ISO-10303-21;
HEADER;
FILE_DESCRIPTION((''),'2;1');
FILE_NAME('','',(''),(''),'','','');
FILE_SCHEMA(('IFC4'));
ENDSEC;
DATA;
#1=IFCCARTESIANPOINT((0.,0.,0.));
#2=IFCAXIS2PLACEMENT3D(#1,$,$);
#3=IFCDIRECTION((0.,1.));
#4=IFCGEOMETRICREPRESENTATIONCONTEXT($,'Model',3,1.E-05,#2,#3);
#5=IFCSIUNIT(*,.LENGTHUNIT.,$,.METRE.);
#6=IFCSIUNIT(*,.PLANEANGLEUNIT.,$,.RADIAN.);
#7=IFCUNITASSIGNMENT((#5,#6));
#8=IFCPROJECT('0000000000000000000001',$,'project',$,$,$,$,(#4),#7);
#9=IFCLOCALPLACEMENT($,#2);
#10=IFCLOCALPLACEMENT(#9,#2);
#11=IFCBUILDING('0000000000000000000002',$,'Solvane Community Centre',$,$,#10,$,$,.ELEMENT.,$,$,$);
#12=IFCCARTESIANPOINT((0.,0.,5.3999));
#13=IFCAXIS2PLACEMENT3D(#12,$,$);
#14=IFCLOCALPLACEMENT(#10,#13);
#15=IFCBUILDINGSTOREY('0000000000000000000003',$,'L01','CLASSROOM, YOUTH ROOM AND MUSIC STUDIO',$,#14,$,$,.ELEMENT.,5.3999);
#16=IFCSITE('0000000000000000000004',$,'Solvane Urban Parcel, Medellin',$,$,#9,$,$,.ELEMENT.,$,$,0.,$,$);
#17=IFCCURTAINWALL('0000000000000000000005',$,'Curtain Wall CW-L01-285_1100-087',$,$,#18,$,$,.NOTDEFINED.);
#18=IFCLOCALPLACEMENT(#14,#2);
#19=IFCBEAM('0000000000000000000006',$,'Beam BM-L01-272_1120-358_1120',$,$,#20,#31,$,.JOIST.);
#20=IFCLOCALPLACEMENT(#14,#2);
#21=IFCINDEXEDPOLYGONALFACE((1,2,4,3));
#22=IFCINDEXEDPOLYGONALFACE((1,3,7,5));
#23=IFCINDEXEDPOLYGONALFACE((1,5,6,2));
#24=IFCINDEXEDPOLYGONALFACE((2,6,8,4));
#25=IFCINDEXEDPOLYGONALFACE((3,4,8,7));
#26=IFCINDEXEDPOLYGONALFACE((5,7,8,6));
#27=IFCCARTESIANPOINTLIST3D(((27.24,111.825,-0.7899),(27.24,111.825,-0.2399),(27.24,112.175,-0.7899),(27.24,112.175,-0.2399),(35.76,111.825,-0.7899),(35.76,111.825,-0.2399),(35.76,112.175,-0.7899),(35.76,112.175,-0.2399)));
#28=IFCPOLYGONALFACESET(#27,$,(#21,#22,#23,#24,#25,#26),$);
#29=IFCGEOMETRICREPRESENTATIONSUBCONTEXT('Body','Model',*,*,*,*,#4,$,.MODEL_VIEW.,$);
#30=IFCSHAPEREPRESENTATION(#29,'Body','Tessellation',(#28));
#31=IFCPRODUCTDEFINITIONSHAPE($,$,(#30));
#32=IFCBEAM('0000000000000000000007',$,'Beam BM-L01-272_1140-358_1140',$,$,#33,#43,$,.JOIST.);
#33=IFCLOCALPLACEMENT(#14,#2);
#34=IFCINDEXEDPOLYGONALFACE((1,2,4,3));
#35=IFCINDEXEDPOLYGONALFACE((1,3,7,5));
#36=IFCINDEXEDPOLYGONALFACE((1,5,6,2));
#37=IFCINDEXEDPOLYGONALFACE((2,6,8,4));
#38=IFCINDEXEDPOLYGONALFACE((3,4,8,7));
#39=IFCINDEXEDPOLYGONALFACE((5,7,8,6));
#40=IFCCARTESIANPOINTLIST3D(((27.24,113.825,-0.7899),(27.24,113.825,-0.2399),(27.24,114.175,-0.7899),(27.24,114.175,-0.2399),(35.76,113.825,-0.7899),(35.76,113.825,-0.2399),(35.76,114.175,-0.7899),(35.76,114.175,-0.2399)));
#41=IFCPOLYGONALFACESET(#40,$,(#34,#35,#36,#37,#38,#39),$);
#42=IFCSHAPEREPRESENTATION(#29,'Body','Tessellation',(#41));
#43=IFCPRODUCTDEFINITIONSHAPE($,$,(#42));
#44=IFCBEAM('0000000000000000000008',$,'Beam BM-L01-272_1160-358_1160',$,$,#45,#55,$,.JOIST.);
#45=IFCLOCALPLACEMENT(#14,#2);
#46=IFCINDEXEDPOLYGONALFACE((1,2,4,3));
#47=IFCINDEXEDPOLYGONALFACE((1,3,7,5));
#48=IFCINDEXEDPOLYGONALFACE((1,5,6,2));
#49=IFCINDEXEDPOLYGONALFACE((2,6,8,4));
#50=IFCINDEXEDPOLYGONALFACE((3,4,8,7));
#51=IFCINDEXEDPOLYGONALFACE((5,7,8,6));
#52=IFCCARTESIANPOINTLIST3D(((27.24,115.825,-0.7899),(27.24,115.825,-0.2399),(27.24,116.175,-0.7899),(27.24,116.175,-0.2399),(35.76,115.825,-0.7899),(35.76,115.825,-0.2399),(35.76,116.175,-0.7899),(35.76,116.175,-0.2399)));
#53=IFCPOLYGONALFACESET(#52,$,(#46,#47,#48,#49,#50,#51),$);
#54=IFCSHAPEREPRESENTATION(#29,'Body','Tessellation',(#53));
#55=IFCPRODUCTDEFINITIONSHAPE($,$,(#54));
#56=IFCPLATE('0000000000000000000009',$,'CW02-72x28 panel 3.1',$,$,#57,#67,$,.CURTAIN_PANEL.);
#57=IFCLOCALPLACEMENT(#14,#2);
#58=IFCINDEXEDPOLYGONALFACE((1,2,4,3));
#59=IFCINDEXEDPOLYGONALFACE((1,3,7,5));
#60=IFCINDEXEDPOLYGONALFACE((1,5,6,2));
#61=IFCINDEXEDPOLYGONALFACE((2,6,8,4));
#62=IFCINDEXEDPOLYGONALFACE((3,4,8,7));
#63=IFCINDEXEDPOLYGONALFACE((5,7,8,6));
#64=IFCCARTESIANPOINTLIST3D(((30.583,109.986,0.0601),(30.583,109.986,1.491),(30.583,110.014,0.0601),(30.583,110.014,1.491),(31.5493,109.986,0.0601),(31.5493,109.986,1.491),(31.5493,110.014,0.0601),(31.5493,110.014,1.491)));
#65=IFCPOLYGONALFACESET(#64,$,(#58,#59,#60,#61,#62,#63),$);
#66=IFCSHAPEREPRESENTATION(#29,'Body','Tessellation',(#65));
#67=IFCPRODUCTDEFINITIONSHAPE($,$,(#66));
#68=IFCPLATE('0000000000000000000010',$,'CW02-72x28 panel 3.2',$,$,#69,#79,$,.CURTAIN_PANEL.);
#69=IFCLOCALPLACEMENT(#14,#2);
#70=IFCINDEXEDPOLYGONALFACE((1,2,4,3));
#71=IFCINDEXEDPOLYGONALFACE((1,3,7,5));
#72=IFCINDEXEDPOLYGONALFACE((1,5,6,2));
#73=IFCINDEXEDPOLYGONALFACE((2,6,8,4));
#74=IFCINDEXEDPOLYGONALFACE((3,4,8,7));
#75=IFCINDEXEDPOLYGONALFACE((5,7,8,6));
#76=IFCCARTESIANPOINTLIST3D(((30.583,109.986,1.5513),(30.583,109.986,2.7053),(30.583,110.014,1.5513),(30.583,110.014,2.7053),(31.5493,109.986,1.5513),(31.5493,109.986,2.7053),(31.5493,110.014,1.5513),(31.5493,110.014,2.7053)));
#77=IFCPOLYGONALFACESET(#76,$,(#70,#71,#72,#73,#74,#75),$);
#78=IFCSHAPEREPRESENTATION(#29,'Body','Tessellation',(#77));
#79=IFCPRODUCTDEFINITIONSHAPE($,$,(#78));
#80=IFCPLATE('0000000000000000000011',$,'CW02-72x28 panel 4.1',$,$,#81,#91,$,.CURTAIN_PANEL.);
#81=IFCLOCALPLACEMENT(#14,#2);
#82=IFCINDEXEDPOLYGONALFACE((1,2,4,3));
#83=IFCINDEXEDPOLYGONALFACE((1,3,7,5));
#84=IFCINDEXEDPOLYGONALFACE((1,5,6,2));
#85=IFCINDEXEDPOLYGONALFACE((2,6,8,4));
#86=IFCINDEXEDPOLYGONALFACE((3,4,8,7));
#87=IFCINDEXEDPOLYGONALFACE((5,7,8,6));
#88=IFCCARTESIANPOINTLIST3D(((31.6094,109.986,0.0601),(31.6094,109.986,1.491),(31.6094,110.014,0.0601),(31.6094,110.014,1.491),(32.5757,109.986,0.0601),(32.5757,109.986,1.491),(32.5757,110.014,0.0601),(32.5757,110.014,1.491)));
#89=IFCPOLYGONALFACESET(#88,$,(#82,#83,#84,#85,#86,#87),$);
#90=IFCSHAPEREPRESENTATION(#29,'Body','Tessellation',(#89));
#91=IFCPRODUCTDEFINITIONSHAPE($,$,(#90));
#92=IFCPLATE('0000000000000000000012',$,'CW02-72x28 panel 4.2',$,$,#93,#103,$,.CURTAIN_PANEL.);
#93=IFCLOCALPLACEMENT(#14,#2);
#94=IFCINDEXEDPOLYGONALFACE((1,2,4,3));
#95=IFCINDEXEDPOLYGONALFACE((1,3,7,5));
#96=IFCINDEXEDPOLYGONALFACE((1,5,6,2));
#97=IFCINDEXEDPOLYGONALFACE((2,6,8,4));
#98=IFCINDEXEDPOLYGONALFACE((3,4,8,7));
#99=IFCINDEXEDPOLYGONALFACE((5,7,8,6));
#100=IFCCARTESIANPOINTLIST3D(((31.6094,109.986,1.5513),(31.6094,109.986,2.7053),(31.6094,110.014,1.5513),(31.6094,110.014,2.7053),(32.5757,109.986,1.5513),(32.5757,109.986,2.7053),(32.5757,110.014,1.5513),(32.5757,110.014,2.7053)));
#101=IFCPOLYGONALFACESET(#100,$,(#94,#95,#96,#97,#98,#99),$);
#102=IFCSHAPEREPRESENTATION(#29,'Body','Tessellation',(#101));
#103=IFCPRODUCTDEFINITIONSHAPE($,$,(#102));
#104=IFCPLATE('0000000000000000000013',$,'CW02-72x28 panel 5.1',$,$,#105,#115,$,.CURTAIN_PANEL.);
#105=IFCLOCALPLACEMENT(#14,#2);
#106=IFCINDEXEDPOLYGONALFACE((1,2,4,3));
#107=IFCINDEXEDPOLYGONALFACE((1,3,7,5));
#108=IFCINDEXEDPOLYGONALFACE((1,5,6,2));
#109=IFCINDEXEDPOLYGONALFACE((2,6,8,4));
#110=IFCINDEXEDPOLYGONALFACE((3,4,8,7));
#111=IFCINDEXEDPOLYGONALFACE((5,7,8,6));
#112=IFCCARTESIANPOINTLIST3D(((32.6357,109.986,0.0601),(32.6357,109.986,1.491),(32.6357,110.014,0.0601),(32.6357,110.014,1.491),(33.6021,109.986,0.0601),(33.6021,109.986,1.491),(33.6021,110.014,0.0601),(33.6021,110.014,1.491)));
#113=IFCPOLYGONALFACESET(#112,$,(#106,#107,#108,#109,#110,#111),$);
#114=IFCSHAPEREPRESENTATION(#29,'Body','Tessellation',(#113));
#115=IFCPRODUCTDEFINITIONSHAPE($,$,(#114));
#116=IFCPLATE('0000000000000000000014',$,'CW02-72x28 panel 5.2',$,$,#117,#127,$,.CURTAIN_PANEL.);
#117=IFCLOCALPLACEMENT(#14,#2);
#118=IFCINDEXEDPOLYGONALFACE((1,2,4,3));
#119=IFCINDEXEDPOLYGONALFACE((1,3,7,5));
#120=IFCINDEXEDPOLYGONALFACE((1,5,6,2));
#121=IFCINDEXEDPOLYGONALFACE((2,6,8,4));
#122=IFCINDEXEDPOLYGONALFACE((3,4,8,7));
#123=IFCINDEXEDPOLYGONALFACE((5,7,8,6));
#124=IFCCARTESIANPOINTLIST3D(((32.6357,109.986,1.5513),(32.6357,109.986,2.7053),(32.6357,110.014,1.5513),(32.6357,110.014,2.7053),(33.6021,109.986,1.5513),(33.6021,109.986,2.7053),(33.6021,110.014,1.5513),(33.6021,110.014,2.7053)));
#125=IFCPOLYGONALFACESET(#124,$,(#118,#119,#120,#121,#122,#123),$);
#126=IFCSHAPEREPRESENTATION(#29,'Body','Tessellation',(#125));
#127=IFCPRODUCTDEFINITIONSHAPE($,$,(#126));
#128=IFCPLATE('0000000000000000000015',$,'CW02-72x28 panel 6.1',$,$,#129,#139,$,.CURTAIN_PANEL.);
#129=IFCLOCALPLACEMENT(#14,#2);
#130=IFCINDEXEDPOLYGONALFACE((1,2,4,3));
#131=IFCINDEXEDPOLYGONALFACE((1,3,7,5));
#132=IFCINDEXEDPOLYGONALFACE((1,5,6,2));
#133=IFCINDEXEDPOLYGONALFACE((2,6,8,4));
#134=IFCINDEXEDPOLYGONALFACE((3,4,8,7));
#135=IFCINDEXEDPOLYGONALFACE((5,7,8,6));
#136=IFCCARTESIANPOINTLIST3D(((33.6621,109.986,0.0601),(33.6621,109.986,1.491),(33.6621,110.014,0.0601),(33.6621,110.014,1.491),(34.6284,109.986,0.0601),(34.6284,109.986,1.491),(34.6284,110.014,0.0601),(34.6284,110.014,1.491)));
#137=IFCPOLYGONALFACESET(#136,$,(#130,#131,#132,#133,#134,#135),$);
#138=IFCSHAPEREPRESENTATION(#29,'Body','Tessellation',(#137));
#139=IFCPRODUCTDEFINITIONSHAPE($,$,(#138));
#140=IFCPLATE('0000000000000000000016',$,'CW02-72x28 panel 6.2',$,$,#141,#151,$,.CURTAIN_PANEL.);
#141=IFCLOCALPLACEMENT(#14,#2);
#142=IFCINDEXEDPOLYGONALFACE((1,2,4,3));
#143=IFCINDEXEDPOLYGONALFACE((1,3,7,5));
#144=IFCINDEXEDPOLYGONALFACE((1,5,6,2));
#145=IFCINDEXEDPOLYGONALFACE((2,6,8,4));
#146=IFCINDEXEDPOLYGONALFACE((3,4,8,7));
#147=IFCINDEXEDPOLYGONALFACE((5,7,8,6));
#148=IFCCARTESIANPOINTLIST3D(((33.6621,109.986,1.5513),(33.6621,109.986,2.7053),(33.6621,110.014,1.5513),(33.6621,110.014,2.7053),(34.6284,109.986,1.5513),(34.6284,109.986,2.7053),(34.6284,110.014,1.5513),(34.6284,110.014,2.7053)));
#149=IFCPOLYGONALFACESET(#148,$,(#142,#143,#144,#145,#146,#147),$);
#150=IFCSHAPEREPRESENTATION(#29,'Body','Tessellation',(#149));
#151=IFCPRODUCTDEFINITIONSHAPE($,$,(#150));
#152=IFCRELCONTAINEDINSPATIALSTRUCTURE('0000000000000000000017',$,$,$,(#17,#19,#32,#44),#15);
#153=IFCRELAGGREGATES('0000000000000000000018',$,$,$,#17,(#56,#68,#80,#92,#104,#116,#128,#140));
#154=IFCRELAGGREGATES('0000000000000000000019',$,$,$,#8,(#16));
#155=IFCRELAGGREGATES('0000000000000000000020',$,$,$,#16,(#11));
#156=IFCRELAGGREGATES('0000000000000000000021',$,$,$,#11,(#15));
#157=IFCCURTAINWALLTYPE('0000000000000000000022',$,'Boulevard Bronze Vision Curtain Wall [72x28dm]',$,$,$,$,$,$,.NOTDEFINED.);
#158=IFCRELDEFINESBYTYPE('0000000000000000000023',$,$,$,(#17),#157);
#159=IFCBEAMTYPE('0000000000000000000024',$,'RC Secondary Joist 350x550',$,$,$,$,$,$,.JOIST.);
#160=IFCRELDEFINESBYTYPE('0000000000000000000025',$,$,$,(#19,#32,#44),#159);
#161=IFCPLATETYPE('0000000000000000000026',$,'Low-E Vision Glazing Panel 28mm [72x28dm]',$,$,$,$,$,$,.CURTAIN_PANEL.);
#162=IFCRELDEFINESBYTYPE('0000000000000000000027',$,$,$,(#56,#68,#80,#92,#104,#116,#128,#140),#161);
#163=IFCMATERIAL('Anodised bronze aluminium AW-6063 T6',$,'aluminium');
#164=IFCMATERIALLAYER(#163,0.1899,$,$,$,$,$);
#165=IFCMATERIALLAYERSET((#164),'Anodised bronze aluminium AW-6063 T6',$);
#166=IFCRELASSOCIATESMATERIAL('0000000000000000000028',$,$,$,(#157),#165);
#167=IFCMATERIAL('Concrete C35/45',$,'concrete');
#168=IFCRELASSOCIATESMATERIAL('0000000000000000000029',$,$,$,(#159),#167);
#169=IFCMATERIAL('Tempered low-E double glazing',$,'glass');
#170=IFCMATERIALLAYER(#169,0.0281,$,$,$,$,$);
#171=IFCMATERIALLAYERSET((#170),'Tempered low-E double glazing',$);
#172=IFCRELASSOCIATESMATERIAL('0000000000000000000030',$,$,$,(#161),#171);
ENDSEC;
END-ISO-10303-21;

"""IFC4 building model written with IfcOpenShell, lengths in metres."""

from ifc_helpers import new_model, si_unit, direction, frame, origin, origin_2d, place, context, subcontext, project, spatial, rectangle, extrude, material, layer, layer_set, material_profile, profile_set, type_object, element, aggregate, save


model = new_model("IFC4")

# Units and contexts
model_context = context("Model", 3, precision=1e-05, world=origin(), true_north=direction((0.0, 1.0)))
body_context = subcontext(model_context, "Body", "Model", "MODEL_VIEW")
ifc_project = project(units=[si_unit("LENGTHUNIT", "METRE"), si_unit("PLANEANGLEUNIT", "RADIAN")], contexts=[model_context])

# Site, building, storey
site_placement = place(None, origin())
site = spatial("IfcSite", under=ifc_project, at=site_placement, Name="Solvane Urban Parcel, Medellin", CompositionType="ELEMENT", RefElevation=0.0)
building_placement = place(site_placement, origin())
building = spatial("IfcBuilding", under=site, at=building_placement, Name="Solvane Community Centre", CompositionType="ELEMENT")
storey_placement = place(building_placement, frame((0.0, 0.0, 5.3999)))
storey = spatial("IfcBuildingStorey", under=building, at=storey_placement, Name="L01", Description="CLASSROOM, YOUTH ROOM AND MUSIC STUDIO", CompositionType="ELEMENT", Elevation=5.3999)

# Curtain wall
ifc_material_1 = material(Name="Anodised bronze aluminium AW-6063 T6", Category="aluminium")
ifc_layer_1 = layer(ifc_material_1, 0.1899)
ifc_layer_set_1 = layer_set([ifc_layer_1], Name="Anodised bronze aluminium AW-6063 T6")
curtain_wall_type = type_object("IfcCurtainWallType", Name="Boulevard Bronze Vision Curtain Wall [72x28dm]", PredefinedType="NOTDEFINED", material=ifc_layer_set_1)
curtain_wall_placement = place(storey_placement, origin())
curtain_wall = element("IfcCurtainWall", 1, at=curtain_wall_placement, inside=storey, type_object=curtain_wall_type, Name="Curtain Wall CW-L01-285_1100-087", PredefinedType="NOTDEFINED")

# Beams
ifc_material_2 = material(Name="Concrete C35/45", Category="concrete")
ifc_material_profile_1 = material_profile(ifc_material_2, rectangle(XDim=0.3501, YDim=0.55, at=origin_2d()), Name="RC 350x550")
ifc_profile_set_1 = profile_set([ifc_material_profile_1], Name="Concrete C35/45")
beam_type = type_object("IfcBeamType", Name="RC Secondary Joist 350x550", PredefinedType="JOIST", material=ifc_profile_set_1)
for number, where, z_axis, x_axis, name in (
    (2, (27.24, 112.0, -0.5149), (1.0, 0.0, 0.0), (0.0, 1.0, 0.0), "Beam BM-L01-272_1120-358_1120"),
    (3, (27.24, 114.0, -0.5149), (1.0, 0.0, 0.0), (0.0, 1.0, 0.0), "Beam BM-L01-272_1140-358_1140"),
    (4, (27.24, 116.0, -0.5149), (1.0, 0.0, 0.0), (0.0, 1.0, 0.0), "Beam BM-L01-272_1160-358_1160"),
):
    element("IfcBeam", number, at=place(storey_placement, frame(where, z_axis=z_axis, x_axis=x_axis)), inside=storey, type_object=beam_type, Name=name, PredefinedType="JOIST", context=body_context, shape_type="SweptSolid", body=[
        extrude(rectangle(XDim=0.3501, YDim=0.55, at=origin_2d()), origin(), (0.0, 0.0, 1.0), 8.52),
    ])

# Plates
ifc_material_3 = material(Name="Tempered low-E double glazing", Category="glass")
ifc_layer_2 = layer(ifc_material_3, 0.0281)
ifc_layer_set_2 = layer_set([ifc_layer_2], Name="Tempered low-E double glazing")
plate_type = type_object("IfcPlateType", Name="Low-E Vision Glazing Panel 28mm [72x28dm]", PredefinedType="CURTAIN_PANEL", material=ifc_layer_set_2)
plate_1_placement = place(storey_placement, frame((31.0662, 110.0, 0.0601), z_axis=(0.0, 0.0, 1.0), x_axis=(1.0, 0.0, 0.0)))
plate_1 = element("IfcPlate", 5, at=plate_1_placement, type_object=plate_type, Name="CW02-72x28 panel 3.1", PredefinedType="CURTAIN_PANEL", context=body_context, shape_type="SweptSolid", body=[
    extrude(rectangle(XDim=0.9663, YDim=0.0281, at=origin_2d()), origin(), (0.0, 0.0, 1.0), 1.4309),
])
plate_2_placement = place(storey_placement, frame((31.0662, 110.0, 1.5513), z_axis=(0.0, 0.0, 1.0), x_axis=(1.0, 0.0, 0.0)))
plate_2 = element("IfcPlate", 6, at=plate_2_placement, type_object=plate_type, Name="CW02-72x28 panel 3.2", PredefinedType="CURTAIN_PANEL", context=body_context, shape_type="SweptSolid", body=[
    extrude(rectangle(XDim=0.9663, YDim=0.0281, at=origin_2d()), origin(), (0.0, 0.0, 1.0), 1.1541),
])
plate_3_placement = place(storey_placement, frame((32.0925, 110.0, 0.0601), z_axis=(0.0, 0.0, 1.0), x_axis=(1.0, 0.0, 0.0)))
plate_3 = element("IfcPlate", 7, at=plate_3_placement, type_object=plate_type, Name="CW02-72x28 panel 4.1", PredefinedType="CURTAIN_PANEL", context=body_context, shape_type="SweptSolid", body=[
    extrude(rectangle(XDim=0.9663, YDim=0.0281, at=origin_2d()), origin(), (0.0, 0.0, 1.0), 1.4309),
])
plate_4_placement = place(storey_placement, frame((32.0925, 110.0, 1.5513), z_axis=(0.0, 0.0, 1.0), x_axis=(1.0, 0.0, 0.0)))
plate_4 = element("IfcPlate", 8, at=plate_4_placement, type_object=plate_type, Name="CW02-72x28 panel 4.2", PredefinedType="CURTAIN_PANEL", context=body_context, shape_type="SweptSolid", body=[
    extrude(rectangle(XDim=0.9663, YDim=0.0281, at=origin_2d()), origin(), (0.0, 0.0, 1.0), 1.1541),
])
plate_5_placement = place(storey_placement, frame((33.1189, 110.0, 0.0601), z_axis=(0.0, 0.0, 1.0), x_axis=(1.0, 0.0, 0.0)))
plate_5 = element("IfcPlate", 9, at=plate_5_placement, type_object=plate_type, Name="CW02-72x28 panel 5.1", PredefinedType="CURTAIN_PANEL", context=body_context, shape_type="SweptSolid", body=[
    extrude(rectangle(XDim=0.9663, YDim=0.0281, at=origin_2d()), origin(), (0.0, 0.0, 1.0), 1.4309),
])
plate_6_placement = place(storey_placement, frame((33.1189, 110.0, 1.5513), z_axis=(0.0, 0.0, 1.0), x_axis=(1.0, 0.0, 0.0)))
plate_6 = element("IfcPlate", 10, at=plate_6_placement, type_object=plate_type, Name="CW02-72x28 panel 5.2", PredefinedType="CURTAIN_PANEL", context=body_context, shape_type="SweptSolid", body=[
    extrude(rectangle(XDim=0.9663, YDim=0.0281, at=origin_2d()), origin(), (0.0, 0.0, 1.0), 1.1541),
])
plate_7_placement = place(storey_placement, frame((34.1453, 110.0, 0.0601), z_axis=(0.0, 0.0, 1.0), x_axis=(1.0, 0.0, 0.0)))
plate_7 = element("IfcPlate", 11, at=plate_7_placement, type_object=plate_type, Name="CW02-72x28 panel 6.1", PredefinedType="CURTAIN_PANEL", context=body_context, shape_type="SweptSolid", body=[
    extrude(rectangle(XDim=0.9663, YDim=0.0281, at=origin_2d()), origin(), (0.0, 0.0, 1.0), 1.4309),
])
plate_8_placement = place(storey_placement, frame((34.1453, 110.0, 1.5513), z_axis=(0.0, 0.0, 1.0), x_axis=(1.0, 0.0, 0.0)))
plate_8 = element("IfcPlate", 12, at=plate_8_placement, type_object=plate_type, Name="CW02-72x28 panel 6.2", PredefinedType="CURTAIN_PANEL", context=body_context, shape_type="SweptSolid", body=[
    extrude(rectangle(XDim=0.9663, YDim=0.0281, at=origin_2d()), origin(), (0.0, 0.0, 1.0), 1.1541),
])
aggregate(curtain_wall, [plate_1, plate_2, plate_3, plate_4, plate_5, plate_6, plate_7, plate_8])

save(model, "model.ifc")
